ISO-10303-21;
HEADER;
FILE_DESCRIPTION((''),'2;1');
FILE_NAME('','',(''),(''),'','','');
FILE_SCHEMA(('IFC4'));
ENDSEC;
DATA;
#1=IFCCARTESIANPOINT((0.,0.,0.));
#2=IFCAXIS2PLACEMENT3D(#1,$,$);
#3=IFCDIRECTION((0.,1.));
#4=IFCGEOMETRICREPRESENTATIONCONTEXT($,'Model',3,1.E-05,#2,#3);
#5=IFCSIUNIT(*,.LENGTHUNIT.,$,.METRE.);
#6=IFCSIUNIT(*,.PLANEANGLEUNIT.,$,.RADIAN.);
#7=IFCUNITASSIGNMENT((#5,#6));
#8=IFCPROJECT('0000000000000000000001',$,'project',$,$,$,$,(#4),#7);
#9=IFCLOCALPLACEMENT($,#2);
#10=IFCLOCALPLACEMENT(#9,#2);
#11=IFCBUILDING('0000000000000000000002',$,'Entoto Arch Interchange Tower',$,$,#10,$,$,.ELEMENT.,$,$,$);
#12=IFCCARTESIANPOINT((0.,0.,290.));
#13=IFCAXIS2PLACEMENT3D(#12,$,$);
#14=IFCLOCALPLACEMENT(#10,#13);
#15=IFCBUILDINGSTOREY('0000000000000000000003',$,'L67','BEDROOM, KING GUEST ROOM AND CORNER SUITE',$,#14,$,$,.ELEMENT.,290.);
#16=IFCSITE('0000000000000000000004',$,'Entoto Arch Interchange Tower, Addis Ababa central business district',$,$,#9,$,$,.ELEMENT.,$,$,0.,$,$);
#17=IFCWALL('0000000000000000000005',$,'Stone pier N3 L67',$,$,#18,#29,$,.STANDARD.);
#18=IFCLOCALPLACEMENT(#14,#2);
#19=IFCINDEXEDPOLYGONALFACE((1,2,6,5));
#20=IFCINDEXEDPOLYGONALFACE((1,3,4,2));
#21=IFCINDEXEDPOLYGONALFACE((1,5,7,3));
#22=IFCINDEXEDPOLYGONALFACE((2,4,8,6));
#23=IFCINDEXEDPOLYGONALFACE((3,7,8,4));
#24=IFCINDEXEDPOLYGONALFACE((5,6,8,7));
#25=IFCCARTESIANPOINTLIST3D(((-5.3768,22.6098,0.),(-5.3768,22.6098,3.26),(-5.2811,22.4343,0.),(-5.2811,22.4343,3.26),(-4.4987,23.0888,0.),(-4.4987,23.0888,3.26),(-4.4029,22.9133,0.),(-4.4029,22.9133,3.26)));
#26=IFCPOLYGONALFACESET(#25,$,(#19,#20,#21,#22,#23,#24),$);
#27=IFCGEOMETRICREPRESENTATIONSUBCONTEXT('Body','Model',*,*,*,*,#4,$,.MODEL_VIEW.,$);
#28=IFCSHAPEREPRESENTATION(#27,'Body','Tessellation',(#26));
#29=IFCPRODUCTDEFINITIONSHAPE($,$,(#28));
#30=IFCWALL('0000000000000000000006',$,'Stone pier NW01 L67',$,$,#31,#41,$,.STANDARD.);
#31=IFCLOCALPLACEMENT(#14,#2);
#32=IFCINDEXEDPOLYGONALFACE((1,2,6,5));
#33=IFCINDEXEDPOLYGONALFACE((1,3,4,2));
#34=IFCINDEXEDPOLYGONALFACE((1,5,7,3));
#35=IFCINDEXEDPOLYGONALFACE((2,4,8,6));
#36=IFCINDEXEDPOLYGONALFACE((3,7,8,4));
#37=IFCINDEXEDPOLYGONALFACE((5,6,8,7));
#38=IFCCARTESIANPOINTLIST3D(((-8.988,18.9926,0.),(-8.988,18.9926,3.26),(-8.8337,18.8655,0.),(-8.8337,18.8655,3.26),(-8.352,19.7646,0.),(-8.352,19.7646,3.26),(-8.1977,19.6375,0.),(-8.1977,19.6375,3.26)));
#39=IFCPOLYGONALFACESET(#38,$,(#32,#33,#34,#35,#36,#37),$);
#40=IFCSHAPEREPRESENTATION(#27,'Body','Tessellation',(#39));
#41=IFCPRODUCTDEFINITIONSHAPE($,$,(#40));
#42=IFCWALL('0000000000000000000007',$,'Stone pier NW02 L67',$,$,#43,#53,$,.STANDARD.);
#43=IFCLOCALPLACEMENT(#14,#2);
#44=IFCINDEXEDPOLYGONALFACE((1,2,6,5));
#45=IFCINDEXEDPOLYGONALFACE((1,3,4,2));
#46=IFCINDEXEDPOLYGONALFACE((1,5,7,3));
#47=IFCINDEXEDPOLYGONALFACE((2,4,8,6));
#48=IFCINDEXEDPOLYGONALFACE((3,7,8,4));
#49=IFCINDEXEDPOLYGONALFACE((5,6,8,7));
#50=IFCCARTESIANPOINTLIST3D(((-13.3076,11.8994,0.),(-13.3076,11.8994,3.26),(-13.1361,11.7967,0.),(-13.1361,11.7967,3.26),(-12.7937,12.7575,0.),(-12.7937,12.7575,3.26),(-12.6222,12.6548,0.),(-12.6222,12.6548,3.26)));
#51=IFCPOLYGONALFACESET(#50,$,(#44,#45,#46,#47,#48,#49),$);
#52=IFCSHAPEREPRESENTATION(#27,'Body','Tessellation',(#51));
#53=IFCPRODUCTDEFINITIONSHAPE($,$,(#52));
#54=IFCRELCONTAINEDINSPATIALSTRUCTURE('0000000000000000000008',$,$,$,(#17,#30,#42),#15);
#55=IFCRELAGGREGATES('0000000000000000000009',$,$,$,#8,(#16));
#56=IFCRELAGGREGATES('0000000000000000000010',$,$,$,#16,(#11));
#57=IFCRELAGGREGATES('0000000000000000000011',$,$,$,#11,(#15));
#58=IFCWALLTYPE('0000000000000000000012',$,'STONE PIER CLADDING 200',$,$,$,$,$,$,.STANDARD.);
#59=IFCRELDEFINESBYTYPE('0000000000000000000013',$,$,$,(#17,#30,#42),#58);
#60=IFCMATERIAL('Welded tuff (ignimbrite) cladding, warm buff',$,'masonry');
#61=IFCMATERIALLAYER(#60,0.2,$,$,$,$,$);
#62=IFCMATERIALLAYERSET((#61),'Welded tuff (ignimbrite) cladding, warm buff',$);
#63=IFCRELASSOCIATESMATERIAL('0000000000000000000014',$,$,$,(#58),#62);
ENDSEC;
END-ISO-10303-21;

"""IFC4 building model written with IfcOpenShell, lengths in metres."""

from ifc_helpers import new_model, si_unit, direction, frame, frame_2d, origin, place, context, subcontext, project, spatial, rectangle, extrude, material, layer, layer_set, type_object, element, save


model = new_model("IFC4")

# Units and contexts
model_context = context("Model", 3, precision=1e-05, world=origin(), true_north=direction((0.0, 1.0)))
body_context = subcontext(model_context, "Body", "Model", "MODEL_VIEW")
ifc_project = project(units=[si_unit("LENGTHUNIT", "METRE"), si_unit("PLANEANGLEUNIT", "RADIAN")], contexts=[model_context])

# Site, building, storey
site_placement = place(None, origin())
site = spatial("IfcSite", under=ifc_project, at=site_placement, Name="Entoto Arch Interchange Tower, Addis Ababa central business district", CompositionType="ELEMENT", RefElevation=0.0)
building_placement = place(site_placement, origin())
building = spatial("IfcBuilding", under=site, at=building_placement, Name="Entoto Arch Interchange Tower", CompositionType="ELEMENT")
storey_placement = place(building_placement, frame((0.0, 0.0, 290.0)))
storey = spatial("IfcBuildingStorey", under=building, at=storey_placement, Name="L67", Description="BEDROOM, KING GUEST ROOM AND CORNER SUITE", CompositionType="ELEMENT", Elevation=290.0)

# Shared definitions
ifc_material_1 = material(Name="Welded tuff (ignimbrite) cladding, warm buff", Category="masonry")

# Walls
ifc_layer_1 = layer(ifc_material_1, 0.2)
ifc_layer_set_1 = layer_set([ifc_layer_1], Name="Welded tuff (ignimbrite) cladding, warm buff")
wall_type_1 = type_object("IfcWallType", Name="STONE PIER CLADDING 200", PredefinedType="STANDARD", material=ifc_layer_set_1)
for number, where, z_axis, x_axis, name in (
    (1, (-4.4509, 23.001, 0.0), (0.0, 0.0, 1.0), (-0.877896, -0.478852, 0.0), "Stone pier N3 L67"),
    (2, (-8.2749, 19.7009, 0.0), (0.0, 0.0, 1.0), (-0.635853, -0.77181, 0.0), "Stone pier NW01 L67"),
    (3, (-12.708, 12.7061, 0.0), (0.0, 0.0, 1.0), (-0.513778, -0.857923, 0.0), "Stone pier NW02 L67"),
):
    element("IfcWall", number, at=place(storey_placement, frame(where, z_axis=z_axis, x_axis=x_axis)), inside=storey, type_object=wall_type_1, Name=name, PredefinedType="STANDARD", context=body_context, shape_type="SweptSolid", body=[
        extrude(rectangle(XDim=1.0002, YDim=0.2, at=frame_2d((0.5, 0.0))), origin(), (0.0, 0.0, 1.0), 3.26),
    ])

save(model, "model.ifc")
